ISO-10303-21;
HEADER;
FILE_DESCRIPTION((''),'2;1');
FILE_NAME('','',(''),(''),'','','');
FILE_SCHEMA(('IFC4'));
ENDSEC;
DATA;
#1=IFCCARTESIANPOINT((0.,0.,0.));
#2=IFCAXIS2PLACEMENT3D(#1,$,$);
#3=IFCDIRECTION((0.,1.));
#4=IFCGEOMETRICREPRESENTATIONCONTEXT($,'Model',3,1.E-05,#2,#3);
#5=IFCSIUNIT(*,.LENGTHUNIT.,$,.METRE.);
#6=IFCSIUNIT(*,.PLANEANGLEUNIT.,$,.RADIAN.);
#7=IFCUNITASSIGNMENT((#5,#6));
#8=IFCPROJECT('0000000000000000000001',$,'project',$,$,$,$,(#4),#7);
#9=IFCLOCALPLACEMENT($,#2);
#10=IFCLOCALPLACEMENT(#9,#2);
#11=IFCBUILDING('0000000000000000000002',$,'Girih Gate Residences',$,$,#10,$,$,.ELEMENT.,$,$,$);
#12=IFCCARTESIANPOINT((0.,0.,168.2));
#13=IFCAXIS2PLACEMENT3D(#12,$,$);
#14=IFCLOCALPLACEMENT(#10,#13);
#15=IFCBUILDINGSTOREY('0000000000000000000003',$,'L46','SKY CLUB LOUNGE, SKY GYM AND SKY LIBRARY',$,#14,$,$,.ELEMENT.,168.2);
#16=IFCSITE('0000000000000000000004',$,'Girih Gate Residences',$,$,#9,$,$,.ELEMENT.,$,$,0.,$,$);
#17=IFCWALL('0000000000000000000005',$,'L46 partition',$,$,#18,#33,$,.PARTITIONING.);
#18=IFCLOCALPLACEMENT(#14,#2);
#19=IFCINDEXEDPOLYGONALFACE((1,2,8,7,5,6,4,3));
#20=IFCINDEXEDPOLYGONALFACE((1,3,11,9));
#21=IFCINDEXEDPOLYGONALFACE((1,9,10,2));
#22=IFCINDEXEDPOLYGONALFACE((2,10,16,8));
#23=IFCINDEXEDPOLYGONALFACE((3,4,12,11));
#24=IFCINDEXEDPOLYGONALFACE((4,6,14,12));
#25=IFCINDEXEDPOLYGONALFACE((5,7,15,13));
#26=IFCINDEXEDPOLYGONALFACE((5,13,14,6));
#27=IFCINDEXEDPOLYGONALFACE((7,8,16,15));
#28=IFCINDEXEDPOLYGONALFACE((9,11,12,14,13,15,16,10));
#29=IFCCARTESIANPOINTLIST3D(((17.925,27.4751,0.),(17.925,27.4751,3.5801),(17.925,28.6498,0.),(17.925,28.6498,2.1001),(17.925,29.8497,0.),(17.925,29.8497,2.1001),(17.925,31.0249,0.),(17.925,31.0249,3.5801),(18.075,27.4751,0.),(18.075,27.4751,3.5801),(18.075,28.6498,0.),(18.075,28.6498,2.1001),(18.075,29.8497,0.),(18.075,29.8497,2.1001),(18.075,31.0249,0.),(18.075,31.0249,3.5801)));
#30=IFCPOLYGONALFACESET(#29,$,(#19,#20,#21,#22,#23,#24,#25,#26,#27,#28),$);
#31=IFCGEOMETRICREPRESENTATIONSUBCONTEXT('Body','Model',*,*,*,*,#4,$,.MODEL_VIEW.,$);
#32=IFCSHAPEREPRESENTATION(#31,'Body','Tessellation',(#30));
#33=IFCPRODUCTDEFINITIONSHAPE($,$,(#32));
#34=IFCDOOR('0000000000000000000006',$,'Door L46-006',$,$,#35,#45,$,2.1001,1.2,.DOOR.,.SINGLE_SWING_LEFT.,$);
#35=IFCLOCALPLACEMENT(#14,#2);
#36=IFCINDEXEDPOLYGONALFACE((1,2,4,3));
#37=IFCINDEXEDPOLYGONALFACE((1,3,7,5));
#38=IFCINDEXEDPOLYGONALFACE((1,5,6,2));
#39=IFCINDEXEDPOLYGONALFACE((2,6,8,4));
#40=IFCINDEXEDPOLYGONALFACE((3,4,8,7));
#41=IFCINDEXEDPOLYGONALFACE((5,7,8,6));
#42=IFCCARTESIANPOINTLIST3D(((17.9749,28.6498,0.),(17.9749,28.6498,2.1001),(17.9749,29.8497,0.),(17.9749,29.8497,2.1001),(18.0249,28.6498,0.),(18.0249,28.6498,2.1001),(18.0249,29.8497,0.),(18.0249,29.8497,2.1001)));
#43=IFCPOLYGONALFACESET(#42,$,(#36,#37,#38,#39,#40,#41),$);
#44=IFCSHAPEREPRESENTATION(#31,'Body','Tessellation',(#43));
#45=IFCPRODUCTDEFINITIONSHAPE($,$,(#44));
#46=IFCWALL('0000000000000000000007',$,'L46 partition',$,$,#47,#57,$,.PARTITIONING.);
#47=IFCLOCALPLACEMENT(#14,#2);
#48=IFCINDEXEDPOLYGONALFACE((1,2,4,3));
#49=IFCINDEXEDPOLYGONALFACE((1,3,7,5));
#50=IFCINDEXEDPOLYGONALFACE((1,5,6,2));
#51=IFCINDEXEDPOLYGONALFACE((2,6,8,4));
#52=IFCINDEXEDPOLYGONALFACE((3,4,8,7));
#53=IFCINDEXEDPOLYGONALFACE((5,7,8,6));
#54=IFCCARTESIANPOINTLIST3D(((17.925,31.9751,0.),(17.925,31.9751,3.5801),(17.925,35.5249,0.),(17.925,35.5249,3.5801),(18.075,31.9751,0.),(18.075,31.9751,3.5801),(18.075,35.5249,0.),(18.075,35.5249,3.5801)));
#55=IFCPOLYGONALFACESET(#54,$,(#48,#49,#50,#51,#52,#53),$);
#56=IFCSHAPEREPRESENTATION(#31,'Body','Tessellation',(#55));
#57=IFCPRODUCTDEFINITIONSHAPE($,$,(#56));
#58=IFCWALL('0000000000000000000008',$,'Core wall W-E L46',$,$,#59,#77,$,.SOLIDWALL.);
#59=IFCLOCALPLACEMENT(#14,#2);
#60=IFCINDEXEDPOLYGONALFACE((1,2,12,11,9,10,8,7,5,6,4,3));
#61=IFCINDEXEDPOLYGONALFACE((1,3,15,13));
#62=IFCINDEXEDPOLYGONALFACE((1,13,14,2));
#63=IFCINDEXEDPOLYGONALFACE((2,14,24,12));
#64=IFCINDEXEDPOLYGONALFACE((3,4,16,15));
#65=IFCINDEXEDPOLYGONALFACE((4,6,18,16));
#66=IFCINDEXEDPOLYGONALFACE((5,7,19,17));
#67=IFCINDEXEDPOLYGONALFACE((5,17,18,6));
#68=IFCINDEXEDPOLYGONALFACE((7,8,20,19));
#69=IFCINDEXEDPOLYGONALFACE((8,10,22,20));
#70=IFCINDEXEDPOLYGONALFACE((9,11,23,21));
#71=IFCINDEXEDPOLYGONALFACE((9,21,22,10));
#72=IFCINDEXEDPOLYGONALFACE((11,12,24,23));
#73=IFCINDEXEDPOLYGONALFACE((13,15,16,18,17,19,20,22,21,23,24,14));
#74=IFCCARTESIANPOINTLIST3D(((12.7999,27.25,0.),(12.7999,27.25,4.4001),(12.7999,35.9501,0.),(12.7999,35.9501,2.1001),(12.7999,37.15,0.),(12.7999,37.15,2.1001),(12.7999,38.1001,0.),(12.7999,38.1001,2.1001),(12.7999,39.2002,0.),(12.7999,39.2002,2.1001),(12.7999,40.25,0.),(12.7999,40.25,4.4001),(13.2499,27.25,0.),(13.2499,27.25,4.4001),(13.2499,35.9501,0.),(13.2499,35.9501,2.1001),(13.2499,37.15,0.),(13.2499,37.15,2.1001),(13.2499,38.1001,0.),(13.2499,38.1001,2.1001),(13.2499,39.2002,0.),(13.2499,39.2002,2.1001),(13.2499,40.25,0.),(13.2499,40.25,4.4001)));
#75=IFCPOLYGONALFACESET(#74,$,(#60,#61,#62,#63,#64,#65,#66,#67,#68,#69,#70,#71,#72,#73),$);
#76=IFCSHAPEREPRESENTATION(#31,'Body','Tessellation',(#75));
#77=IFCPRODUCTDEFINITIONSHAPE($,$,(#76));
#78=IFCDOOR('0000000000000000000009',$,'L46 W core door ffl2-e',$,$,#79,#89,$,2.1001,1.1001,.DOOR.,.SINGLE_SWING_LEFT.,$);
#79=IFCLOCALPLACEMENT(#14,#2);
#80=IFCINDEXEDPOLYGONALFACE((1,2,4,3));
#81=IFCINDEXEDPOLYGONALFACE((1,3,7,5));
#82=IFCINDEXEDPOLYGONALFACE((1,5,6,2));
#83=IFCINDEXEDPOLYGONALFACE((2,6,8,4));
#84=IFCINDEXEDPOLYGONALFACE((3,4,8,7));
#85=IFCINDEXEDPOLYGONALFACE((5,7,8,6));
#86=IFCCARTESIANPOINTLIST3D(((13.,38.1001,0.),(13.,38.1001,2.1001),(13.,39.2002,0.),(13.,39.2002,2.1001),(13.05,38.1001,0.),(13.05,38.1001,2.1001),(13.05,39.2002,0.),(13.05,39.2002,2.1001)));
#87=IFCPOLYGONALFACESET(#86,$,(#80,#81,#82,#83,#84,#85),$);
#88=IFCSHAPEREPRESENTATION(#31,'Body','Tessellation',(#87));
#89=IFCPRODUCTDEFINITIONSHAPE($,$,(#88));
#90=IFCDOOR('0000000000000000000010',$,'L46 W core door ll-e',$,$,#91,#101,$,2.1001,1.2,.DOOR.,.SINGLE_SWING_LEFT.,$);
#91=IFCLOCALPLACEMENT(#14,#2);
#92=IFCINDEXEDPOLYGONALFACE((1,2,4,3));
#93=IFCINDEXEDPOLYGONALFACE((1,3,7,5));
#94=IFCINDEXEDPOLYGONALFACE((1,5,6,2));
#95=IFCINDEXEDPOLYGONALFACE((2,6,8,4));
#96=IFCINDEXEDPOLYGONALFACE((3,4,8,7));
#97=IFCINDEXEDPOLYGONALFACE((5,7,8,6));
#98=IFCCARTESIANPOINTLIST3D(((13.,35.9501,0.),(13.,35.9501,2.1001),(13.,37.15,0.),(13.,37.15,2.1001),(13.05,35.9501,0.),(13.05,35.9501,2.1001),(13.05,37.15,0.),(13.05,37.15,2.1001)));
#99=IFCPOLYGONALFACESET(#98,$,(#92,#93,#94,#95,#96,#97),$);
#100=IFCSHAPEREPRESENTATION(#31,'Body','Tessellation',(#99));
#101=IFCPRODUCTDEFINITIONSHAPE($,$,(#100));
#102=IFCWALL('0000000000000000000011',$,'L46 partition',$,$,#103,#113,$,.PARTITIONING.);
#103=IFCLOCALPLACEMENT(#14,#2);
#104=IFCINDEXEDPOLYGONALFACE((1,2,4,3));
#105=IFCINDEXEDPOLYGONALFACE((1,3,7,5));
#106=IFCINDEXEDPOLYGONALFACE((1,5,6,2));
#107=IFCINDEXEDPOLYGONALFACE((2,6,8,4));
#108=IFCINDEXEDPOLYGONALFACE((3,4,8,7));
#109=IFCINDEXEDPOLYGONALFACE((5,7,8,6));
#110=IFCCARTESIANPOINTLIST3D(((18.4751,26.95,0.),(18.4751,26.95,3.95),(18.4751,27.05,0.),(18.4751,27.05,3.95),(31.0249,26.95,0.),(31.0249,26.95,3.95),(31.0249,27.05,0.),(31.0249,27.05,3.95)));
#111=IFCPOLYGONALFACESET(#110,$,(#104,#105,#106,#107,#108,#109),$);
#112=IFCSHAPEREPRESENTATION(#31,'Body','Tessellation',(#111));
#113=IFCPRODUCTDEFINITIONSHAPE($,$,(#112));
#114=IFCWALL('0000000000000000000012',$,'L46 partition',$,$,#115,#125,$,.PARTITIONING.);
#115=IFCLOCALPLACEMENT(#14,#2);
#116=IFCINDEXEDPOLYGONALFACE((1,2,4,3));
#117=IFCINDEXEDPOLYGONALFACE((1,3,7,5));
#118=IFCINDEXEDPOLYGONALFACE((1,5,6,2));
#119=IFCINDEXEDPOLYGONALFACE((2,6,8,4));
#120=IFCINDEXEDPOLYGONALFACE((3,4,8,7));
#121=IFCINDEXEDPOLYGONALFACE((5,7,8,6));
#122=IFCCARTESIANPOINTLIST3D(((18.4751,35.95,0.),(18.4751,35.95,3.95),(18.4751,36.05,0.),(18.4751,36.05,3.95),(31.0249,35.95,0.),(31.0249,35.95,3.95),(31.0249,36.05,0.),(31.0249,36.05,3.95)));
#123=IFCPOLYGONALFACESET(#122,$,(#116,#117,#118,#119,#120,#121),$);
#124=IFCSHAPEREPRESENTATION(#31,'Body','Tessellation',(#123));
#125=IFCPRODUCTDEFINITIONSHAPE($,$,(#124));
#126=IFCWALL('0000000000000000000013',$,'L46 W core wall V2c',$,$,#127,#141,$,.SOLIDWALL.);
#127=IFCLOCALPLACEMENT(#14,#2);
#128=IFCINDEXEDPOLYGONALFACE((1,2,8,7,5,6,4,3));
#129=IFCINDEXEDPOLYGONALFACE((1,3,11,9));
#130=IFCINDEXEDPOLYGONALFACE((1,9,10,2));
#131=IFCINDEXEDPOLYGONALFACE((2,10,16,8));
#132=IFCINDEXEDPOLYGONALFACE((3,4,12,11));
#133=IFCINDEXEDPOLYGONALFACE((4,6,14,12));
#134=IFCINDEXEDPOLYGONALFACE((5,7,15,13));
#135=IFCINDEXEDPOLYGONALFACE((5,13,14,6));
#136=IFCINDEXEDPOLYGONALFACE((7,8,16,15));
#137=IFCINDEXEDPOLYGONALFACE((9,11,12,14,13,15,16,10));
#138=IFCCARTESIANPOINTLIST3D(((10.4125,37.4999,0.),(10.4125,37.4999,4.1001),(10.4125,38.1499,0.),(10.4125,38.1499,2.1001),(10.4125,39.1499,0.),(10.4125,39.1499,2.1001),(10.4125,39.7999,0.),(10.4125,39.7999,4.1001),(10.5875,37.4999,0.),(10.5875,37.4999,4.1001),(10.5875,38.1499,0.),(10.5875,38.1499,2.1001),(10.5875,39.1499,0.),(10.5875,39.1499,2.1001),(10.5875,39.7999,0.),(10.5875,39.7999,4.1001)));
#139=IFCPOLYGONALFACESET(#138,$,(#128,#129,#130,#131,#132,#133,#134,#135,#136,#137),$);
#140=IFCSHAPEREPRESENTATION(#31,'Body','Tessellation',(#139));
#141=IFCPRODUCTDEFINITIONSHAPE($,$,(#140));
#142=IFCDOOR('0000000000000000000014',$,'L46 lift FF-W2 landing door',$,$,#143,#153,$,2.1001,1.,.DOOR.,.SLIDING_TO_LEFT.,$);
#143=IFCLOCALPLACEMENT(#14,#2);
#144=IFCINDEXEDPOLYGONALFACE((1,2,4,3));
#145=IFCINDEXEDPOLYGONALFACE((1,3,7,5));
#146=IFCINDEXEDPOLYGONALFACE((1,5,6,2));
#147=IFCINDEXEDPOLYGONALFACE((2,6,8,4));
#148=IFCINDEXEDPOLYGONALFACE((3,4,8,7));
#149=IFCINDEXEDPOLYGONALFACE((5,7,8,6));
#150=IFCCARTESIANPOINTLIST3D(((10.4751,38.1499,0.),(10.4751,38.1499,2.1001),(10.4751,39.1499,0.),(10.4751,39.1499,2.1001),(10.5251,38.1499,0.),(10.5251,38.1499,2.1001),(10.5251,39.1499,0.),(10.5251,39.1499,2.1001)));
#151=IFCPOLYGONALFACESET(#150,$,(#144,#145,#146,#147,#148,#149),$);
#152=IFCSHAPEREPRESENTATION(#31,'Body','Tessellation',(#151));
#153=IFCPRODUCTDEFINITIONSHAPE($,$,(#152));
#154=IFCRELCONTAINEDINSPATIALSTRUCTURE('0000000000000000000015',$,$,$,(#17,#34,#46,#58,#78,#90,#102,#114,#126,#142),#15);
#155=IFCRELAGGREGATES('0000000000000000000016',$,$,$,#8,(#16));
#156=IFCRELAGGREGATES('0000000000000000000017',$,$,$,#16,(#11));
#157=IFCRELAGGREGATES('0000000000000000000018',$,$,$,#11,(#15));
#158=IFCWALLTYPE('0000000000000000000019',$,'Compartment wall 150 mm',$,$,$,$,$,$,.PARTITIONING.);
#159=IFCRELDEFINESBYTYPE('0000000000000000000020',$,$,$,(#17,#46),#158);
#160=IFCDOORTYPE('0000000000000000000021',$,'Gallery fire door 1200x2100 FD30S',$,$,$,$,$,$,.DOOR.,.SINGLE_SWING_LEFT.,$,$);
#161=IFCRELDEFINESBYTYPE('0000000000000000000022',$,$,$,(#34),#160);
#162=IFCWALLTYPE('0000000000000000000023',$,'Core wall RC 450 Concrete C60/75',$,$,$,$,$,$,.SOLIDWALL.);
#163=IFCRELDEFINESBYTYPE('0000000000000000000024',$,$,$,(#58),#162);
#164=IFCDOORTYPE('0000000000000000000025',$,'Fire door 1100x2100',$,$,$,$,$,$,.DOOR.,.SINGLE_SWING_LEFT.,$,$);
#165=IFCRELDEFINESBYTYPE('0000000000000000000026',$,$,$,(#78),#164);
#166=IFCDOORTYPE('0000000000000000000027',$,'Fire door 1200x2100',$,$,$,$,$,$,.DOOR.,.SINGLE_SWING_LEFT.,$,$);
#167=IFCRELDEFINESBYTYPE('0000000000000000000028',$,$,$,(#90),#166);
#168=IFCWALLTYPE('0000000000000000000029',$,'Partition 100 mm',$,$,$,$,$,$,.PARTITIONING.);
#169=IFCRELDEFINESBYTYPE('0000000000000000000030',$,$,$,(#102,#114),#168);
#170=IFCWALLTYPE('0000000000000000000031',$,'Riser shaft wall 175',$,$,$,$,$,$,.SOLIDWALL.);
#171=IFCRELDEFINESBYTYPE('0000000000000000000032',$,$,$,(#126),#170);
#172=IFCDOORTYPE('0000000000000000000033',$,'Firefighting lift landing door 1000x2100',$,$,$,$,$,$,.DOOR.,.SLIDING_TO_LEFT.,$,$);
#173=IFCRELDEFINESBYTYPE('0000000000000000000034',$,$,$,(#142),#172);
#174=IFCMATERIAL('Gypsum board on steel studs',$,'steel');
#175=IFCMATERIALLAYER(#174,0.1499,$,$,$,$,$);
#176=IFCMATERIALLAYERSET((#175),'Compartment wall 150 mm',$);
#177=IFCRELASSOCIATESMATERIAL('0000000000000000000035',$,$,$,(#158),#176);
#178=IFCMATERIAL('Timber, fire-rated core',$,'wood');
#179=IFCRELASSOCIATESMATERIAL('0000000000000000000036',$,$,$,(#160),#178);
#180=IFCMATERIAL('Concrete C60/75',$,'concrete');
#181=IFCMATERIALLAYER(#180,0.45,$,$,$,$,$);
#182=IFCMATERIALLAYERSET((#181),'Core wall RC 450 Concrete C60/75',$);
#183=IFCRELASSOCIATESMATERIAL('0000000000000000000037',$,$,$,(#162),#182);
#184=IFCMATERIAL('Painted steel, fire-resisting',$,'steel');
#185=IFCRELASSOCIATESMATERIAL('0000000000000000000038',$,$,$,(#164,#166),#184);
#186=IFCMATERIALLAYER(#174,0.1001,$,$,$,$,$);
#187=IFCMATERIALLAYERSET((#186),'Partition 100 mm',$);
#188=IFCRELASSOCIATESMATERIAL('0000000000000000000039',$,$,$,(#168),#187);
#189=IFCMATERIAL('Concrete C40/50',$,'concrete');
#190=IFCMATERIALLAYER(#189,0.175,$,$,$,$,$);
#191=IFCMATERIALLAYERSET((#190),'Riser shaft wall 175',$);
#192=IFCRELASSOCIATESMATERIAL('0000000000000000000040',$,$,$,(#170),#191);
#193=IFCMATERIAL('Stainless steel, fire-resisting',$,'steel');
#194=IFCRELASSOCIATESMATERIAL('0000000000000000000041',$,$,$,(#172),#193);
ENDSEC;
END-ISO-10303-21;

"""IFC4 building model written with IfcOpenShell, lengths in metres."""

from ifc_helpers import new_model, si_unit, direction, frame, frame_2d, origin, place, context, subcontext, project, spatial, rectangle, extrude, material, layer, layer_set, type_object, element, fill, save


model = new_model("IFC4")

# Units and contexts
model_context = context("Model", 3, precision=1e-05, world=origin(), true_north=direction((0.0, 1.0)))
body_context = subcontext(model_context, "Body", "Model", "MODEL_VIEW")
ifc_project = project(units=[si_unit("LENGTHUNIT", "METRE"), si_unit("PLANEANGLEUNIT", "RADIAN")], contexts=[model_context])

# Site, building, storey
site_placement = place(None, origin())
site = spatial("IfcSite", under=ifc_project, at=site_placement, Name="Girih Gate Residences", CompositionType="ELEMENT", RefElevation=0.0)
building_placement = place(site_placement, origin())
building = spatial("IfcBuilding", under=site, at=building_placement, Name="Girih Gate Residences", CompositionType="ELEMENT")
storey_placement = place(building_placement, frame((0.0, 0.0, 168.2)))
storey = spatial("IfcBuildingStorey", under=building, at=storey_placement, Name="L46", Description="SKY CLUB LOUNGE, SKY GYM AND SKY LIBRARY", CompositionType="ELEMENT", Elevation=168.2)

# Shared definitions
ifc_material_1 = material(Name="Concrete C60/75", Category="concrete")

# Wall, opening, door
ifc_material_2 = material(Name="Gypsum board on steel studs", Category="steel")
ifc_layer_1 = layer(ifc_material_2, 0.1499)
ifc_layer_set_1 = layer_set([ifc_layer_1], Name="Compartment wall 150 mm")
wall_type_1 = type_object("IfcWallType", Name="Compartment wall 150 mm", PredefinedType="PARTITIONING", material=ifc_layer_set_1)
wall_1_placement = place(storey_placement, frame((18.0, 31.0249, 0.0), z_axis=(0.0, 0.0, 1.0), x_axis=(0.0, -1.0, 0.0)))
wall_1 = element("IfcWall", 1, at=wall_1_placement, inside=storey, type_object=wall_type_1, Name="L46 partition", PredefinedType="PARTITIONING", context=body_context, shape_type="SweptSolid", body=[
    extrude(rectangle(XDim=3.5498, YDim=0.1499, at=frame_2d((1.7749, 0.0))), origin(), (0.0, 0.0, 1.0), 3.5801),
])
opening_1_placement = place(wall_1_placement, frame((1.175, 0.0, 0.0)))
opening_1 = element("IfcOpeningElement", 2, at=opening_1_placement, cuts=wall_1, PredefinedType="OPENING", context=body_context, shape_type="SweptSolid", body=[
    extrude(rectangle(XDim=1.2, YDim=2.1001, at=frame_2d((0.6001, 1.05))), frame((0.0, 0.085, 0.0), z_axis=(0.0, -1.0, 0.0), x_axis=(1.0, 0.0, 0.0)), (0.0, 0.0, 1.0), 0.1699),
])
ifc_material_3 = material(Name="Timber, fire-rated core", Category="wood")
door_type_1 = type_object("IfcDoorType", Name="Gallery fire door 1200x2100 FD30S", OperationType="SINGLE_SWING_LEFT", PredefinedType="DOOR", material=ifc_material_3)
door_1_placement = place(opening_1_placement, origin())
door_1 = element("IfcDoor", 3, at=door_1_placement, inside=storey, type_object=door_type_1, Name="Door L46-006", OperationType="SINGLE_SWING_LEFT", OverallHeight=2.1001, OverallWidth=1.2, PredefinedType="DOOR", context=body_context, shape_type="SweptSolid", body=[
    extrude(rectangle(XDim=1.2, YDim=2.1001, at=frame_2d((0.6001, 1.05))), frame((0.0, 0.0249, 0.0), z_axis=(0.0, -1.0, 0.0), x_axis=(1.0, 0.0, 0.0)), (0.0, 0.0, 1.0), 0.05),
])
fill(opening_1, door_1)

# Wall
wall_2_placement = place(storey_placement, frame((18.0, 31.9751, 0.0), z_axis=(0.0, 0.0, 1.0), x_axis=(0.0, 1.0, 0.0)))
element("IfcWall", 4, at=wall_2_placement, inside=storey, type_object=wall_type_1, Name="L46 partition", PredefinedType="PARTITIONING", context=body_context, shape_type="SweptSolid", body=[
    extrude(rectangle(XDim=3.5498, YDim=0.1499, at=frame_2d((1.7749, 0.0))), origin(), (0.0, 0.0, 1.0), 3.5801),
])

# Wall, openings, doors
ifc_layer_2 = layer(ifc_material_1, 0.45)
ifc_layer_set_2 = layer_set([ifc_layer_2], Name="Core wall RC 450 Concrete C60/75")
wall_type_2 = type_object("IfcWallType", Name="Core wall RC 450 Concrete C60/75", PredefinedType="SOLIDWALL", material=ifc_layer_set_2)
wall_3_placement = place(storey_placement, frame((13.0249, 27.25, 0.0), z_axis=(0.0, 0.0, 1.0), x_axis=(0.0, 1.0, 0.0)))
wall_3 = element("IfcWall", 5, at=wall_3_placement, inside=storey, type_object=wall_type_2, Name="Core wall W-E L46", PredefinedType="SOLIDWALL", context=body_context, shape_type="SweptSolid", body=[
    extrude(rectangle(XDim=13.0, YDim=0.45, at=frame_2d((6.5, 0.0))), origin(), (0.0, 0.0, 1.0), 4.4001),
])
opening_2_placement = place(wall_3_placement, frame((10.8501, 0.0, 0.0)))
opening_2 = element("IfcOpeningElement", 6, at=opening_2_placement, cuts=wall_3, PredefinedType="OPENING", context=body_context, shape_type="SweptSolid", body=[
    extrude(rectangle(XDim=1.1001, YDim=2.1001, at=frame_2d((0.55, 1.05))), frame((0.0, 0.2349, 0.0), z_axis=(0.0, -1.0, 0.0), x_axis=(1.0, 0.0, 0.0)), (0.0, 0.0, 1.0), 0.47),
])
opening_3_placement = place(wall_3_placement, frame((8.7, 0.0, 0.0)))
opening_3 = element("IfcOpeningElement", 7, at=opening_3_placement, cuts=wall_3, PredefinedType="OPENING", context=body_context, shape_type="SweptSolid", body=[
    extrude(rectangle(XDim=1.2, YDim=2.1001, at=frame_2d((0.6001, 1.05))), frame((0.0, 0.2349, 0.0), z_axis=(0.0, -1.0, 0.0), x_axis=(1.0, 0.0, 0.0)), (0.0, 0.0, 1.0), 0.47),
])
ifc_material_4 = material(Name="Painted steel, fire-resisting", Category="steel")
door_type_2 = type_object("IfcDoorType", Name="Fire door 1100x2100", OperationType="SINGLE_SWING_LEFT", PredefinedType="DOOR", material=ifc_material_4)
door_2_placement = place(opening_2_placement, origin())
door_2 = element("IfcDoor", 8, at=door_2_placement, inside=storey, type_object=door_type_2, Name="L46 W core door ffl2-e", OperationType="SINGLE_SWING_LEFT", OverallHeight=2.1001, OverallWidth=1.1001, PredefinedType="DOOR", context=body_context, shape_type="SweptSolid", body=[
    extrude(rectangle(XDim=1.1001, YDim=2.1001, at=frame_2d((0.55, 1.05))), frame((0.0, 0.0249, 0.0), z_axis=(0.0, -1.0, 0.0), x_axis=(1.0, 0.0, 0.0)), (0.0, 0.0, 1.0), 0.05),
])
fill(opening_2, door_2)
door_type_3 = type_object("IfcDoorType", Name="Fire door 1200x2100", OperationType="SINGLE_SWING_LEFT", PredefinedType="DOOR", material=ifc_material_4)
door_3_placement = place(opening_3_placement, origin())
door_3 = element("IfcDoor", 9, at=door_3_placement, inside=storey, type_object=door_type_3, Name="L46 W core door ll-e", OperationType="SINGLE_SWING_LEFT", OverallHeight=2.1001, OverallWidth=1.2, PredefinedType="DOOR", context=body_context, shape_type="SweptSolid", body=[
    extrude(rectangle(XDim=1.2, YDim=2.1001, at=frame_2d((0.6001, 1.05))), frame((0.0, 0.0249, 0.0), z_axis=(0.0, -1.0, 0.0), x_axis=(1.0, 0.0, 0.0)), (0.0, 0.0, 1.0), 0.05),
])
fill(opening_3, door_3)

# Walls
ifc_layer_3 = layer(ifc_material_2, 0.1001)
ifc_layer_set_3 = layer_set([ifc_layer_3], Name="Partition 100 mm")
wall_type_3 = type_object("IfcWallType", Name="Partition 100 mm", PredefinedType="PARTITIONING", material=ifc_layer_set_3)
for number, where, z_axis, x_axis, name in (
    (10, (18.4751, 27.0, 0.0), (0.0, 0.0, 1.0), (1.0, 0.0, 0.0), "L46 partition"),
    (11, (18.4751, 36.0, 0.0), (0.0, 0.0, 1.0), (1.0, 0.0, 0.0), "L46 partition"),
):
    element("IfcWall", number, at=place(storey_placement, frame(where, z_axis=z_axis, x_axis=x_axis)), inside=storey, type_object=wall_type_3, Name=name, PredefinedType="PARTITIONING", context=body_context, shape_type="SweptSolid", body=[
        extrude(rectangle(XDim=12.5498, YDim=0.1001, at=frame_2d((6.2749, 0.0))), origin(), (0.0, 0.0, 1.0), 3.95),
    ])

# Wall, opening, door
ifc_material_5 = material(Name="Concrete C40/50", Category="concrete")
ifc_layer_4 = layer(ifc_material_5, 0.175)
ifc_layer_set_4 = layer_set([ifc_layer_4], Name="Riser shaft wall 175")
wall_type_4 = type_object("IfcWallType", Name="Riser shaft wall 175", PredefinedType="SOLIDWALL", material=ifc_layer_set_4)
wall_4_placement = place(storey_placement, frame((10.5, 37.5, 0.0), z_axis=(0.0, 0.0, 1.0), x_axis=(0.0, 1.0, 0.0)))
wall_4 = element("IfcWall", 12, at=wall_4_placement, inside=storey, type_object=wall_type_4, Name="L46 W core wall V2c", PredefinedType="SOLIDWALL", context=body_context, shape_type="SweptSolid", body=[
    extrude(rectangle(XDim=2.3, YDim=0.175, at=frame_2d((1.1499, 0.0))), origin(), (0.0, 0.0, 1.0), 4.1001),
])
opening_4_placement = place(wall_4_placement, frame((0.6499, 0.0, 0.0)))
opening_4 = element("IfcOpeningElement", 13, at=opening_4_placement, cuts=wall_4, PredefinedType="OPENING", context=body_context, shape_type="SweptSolid", body=[
    extrude(rectangle(XDim=1.0, YDim=2.1001, at=frame_2d((0.5, 1.05))), frame((0.0, 0.0974, 0.0), z_axis=(0.0, -1.0, 0.0), x_axis=(1.0, 0.0, 0.0)), (0.0, 0.0, 1.0), 0.1951),
])
ifc_material_6 = material(Name="Stainless steel, fire-resisting", Category="steel")
door_type_4 = type_object("IfcDoorType", Name="Firefighting lift landing door 1000x2100", OperationType="SLIDING_TO_LEFT", PredefinedType="DOOR", material=ifc_material_6)
door_4_placement = place(opening_4_placement, origin())
door_4 = element("IfcDoor", 14, at=door_4_placement, inside=storey, type_object=door_type_4, Name="L46 lift FF-W2 landing door", OperationType="SLIDING_TO_LEFT", OverallHeight=2.1001, OverallWidth=1.0, PredefinedType="DOOR", context=body_context, shape_type="SweptSolid", body=[
    extrude(rectangle(XDim=1.0, YDim=2.1001, at=frame_2d((0.5, 1.05))), frame((0.0, 0.0249, 0.0), z_axis=(0.0, -1.0, 0.0), x_axis=(1.0, 0.0, 0.0)), (0.0, 0.0, 1.0), 0.05),
])
fill(opening_4, door_4)

save(model, "model.ifc")
